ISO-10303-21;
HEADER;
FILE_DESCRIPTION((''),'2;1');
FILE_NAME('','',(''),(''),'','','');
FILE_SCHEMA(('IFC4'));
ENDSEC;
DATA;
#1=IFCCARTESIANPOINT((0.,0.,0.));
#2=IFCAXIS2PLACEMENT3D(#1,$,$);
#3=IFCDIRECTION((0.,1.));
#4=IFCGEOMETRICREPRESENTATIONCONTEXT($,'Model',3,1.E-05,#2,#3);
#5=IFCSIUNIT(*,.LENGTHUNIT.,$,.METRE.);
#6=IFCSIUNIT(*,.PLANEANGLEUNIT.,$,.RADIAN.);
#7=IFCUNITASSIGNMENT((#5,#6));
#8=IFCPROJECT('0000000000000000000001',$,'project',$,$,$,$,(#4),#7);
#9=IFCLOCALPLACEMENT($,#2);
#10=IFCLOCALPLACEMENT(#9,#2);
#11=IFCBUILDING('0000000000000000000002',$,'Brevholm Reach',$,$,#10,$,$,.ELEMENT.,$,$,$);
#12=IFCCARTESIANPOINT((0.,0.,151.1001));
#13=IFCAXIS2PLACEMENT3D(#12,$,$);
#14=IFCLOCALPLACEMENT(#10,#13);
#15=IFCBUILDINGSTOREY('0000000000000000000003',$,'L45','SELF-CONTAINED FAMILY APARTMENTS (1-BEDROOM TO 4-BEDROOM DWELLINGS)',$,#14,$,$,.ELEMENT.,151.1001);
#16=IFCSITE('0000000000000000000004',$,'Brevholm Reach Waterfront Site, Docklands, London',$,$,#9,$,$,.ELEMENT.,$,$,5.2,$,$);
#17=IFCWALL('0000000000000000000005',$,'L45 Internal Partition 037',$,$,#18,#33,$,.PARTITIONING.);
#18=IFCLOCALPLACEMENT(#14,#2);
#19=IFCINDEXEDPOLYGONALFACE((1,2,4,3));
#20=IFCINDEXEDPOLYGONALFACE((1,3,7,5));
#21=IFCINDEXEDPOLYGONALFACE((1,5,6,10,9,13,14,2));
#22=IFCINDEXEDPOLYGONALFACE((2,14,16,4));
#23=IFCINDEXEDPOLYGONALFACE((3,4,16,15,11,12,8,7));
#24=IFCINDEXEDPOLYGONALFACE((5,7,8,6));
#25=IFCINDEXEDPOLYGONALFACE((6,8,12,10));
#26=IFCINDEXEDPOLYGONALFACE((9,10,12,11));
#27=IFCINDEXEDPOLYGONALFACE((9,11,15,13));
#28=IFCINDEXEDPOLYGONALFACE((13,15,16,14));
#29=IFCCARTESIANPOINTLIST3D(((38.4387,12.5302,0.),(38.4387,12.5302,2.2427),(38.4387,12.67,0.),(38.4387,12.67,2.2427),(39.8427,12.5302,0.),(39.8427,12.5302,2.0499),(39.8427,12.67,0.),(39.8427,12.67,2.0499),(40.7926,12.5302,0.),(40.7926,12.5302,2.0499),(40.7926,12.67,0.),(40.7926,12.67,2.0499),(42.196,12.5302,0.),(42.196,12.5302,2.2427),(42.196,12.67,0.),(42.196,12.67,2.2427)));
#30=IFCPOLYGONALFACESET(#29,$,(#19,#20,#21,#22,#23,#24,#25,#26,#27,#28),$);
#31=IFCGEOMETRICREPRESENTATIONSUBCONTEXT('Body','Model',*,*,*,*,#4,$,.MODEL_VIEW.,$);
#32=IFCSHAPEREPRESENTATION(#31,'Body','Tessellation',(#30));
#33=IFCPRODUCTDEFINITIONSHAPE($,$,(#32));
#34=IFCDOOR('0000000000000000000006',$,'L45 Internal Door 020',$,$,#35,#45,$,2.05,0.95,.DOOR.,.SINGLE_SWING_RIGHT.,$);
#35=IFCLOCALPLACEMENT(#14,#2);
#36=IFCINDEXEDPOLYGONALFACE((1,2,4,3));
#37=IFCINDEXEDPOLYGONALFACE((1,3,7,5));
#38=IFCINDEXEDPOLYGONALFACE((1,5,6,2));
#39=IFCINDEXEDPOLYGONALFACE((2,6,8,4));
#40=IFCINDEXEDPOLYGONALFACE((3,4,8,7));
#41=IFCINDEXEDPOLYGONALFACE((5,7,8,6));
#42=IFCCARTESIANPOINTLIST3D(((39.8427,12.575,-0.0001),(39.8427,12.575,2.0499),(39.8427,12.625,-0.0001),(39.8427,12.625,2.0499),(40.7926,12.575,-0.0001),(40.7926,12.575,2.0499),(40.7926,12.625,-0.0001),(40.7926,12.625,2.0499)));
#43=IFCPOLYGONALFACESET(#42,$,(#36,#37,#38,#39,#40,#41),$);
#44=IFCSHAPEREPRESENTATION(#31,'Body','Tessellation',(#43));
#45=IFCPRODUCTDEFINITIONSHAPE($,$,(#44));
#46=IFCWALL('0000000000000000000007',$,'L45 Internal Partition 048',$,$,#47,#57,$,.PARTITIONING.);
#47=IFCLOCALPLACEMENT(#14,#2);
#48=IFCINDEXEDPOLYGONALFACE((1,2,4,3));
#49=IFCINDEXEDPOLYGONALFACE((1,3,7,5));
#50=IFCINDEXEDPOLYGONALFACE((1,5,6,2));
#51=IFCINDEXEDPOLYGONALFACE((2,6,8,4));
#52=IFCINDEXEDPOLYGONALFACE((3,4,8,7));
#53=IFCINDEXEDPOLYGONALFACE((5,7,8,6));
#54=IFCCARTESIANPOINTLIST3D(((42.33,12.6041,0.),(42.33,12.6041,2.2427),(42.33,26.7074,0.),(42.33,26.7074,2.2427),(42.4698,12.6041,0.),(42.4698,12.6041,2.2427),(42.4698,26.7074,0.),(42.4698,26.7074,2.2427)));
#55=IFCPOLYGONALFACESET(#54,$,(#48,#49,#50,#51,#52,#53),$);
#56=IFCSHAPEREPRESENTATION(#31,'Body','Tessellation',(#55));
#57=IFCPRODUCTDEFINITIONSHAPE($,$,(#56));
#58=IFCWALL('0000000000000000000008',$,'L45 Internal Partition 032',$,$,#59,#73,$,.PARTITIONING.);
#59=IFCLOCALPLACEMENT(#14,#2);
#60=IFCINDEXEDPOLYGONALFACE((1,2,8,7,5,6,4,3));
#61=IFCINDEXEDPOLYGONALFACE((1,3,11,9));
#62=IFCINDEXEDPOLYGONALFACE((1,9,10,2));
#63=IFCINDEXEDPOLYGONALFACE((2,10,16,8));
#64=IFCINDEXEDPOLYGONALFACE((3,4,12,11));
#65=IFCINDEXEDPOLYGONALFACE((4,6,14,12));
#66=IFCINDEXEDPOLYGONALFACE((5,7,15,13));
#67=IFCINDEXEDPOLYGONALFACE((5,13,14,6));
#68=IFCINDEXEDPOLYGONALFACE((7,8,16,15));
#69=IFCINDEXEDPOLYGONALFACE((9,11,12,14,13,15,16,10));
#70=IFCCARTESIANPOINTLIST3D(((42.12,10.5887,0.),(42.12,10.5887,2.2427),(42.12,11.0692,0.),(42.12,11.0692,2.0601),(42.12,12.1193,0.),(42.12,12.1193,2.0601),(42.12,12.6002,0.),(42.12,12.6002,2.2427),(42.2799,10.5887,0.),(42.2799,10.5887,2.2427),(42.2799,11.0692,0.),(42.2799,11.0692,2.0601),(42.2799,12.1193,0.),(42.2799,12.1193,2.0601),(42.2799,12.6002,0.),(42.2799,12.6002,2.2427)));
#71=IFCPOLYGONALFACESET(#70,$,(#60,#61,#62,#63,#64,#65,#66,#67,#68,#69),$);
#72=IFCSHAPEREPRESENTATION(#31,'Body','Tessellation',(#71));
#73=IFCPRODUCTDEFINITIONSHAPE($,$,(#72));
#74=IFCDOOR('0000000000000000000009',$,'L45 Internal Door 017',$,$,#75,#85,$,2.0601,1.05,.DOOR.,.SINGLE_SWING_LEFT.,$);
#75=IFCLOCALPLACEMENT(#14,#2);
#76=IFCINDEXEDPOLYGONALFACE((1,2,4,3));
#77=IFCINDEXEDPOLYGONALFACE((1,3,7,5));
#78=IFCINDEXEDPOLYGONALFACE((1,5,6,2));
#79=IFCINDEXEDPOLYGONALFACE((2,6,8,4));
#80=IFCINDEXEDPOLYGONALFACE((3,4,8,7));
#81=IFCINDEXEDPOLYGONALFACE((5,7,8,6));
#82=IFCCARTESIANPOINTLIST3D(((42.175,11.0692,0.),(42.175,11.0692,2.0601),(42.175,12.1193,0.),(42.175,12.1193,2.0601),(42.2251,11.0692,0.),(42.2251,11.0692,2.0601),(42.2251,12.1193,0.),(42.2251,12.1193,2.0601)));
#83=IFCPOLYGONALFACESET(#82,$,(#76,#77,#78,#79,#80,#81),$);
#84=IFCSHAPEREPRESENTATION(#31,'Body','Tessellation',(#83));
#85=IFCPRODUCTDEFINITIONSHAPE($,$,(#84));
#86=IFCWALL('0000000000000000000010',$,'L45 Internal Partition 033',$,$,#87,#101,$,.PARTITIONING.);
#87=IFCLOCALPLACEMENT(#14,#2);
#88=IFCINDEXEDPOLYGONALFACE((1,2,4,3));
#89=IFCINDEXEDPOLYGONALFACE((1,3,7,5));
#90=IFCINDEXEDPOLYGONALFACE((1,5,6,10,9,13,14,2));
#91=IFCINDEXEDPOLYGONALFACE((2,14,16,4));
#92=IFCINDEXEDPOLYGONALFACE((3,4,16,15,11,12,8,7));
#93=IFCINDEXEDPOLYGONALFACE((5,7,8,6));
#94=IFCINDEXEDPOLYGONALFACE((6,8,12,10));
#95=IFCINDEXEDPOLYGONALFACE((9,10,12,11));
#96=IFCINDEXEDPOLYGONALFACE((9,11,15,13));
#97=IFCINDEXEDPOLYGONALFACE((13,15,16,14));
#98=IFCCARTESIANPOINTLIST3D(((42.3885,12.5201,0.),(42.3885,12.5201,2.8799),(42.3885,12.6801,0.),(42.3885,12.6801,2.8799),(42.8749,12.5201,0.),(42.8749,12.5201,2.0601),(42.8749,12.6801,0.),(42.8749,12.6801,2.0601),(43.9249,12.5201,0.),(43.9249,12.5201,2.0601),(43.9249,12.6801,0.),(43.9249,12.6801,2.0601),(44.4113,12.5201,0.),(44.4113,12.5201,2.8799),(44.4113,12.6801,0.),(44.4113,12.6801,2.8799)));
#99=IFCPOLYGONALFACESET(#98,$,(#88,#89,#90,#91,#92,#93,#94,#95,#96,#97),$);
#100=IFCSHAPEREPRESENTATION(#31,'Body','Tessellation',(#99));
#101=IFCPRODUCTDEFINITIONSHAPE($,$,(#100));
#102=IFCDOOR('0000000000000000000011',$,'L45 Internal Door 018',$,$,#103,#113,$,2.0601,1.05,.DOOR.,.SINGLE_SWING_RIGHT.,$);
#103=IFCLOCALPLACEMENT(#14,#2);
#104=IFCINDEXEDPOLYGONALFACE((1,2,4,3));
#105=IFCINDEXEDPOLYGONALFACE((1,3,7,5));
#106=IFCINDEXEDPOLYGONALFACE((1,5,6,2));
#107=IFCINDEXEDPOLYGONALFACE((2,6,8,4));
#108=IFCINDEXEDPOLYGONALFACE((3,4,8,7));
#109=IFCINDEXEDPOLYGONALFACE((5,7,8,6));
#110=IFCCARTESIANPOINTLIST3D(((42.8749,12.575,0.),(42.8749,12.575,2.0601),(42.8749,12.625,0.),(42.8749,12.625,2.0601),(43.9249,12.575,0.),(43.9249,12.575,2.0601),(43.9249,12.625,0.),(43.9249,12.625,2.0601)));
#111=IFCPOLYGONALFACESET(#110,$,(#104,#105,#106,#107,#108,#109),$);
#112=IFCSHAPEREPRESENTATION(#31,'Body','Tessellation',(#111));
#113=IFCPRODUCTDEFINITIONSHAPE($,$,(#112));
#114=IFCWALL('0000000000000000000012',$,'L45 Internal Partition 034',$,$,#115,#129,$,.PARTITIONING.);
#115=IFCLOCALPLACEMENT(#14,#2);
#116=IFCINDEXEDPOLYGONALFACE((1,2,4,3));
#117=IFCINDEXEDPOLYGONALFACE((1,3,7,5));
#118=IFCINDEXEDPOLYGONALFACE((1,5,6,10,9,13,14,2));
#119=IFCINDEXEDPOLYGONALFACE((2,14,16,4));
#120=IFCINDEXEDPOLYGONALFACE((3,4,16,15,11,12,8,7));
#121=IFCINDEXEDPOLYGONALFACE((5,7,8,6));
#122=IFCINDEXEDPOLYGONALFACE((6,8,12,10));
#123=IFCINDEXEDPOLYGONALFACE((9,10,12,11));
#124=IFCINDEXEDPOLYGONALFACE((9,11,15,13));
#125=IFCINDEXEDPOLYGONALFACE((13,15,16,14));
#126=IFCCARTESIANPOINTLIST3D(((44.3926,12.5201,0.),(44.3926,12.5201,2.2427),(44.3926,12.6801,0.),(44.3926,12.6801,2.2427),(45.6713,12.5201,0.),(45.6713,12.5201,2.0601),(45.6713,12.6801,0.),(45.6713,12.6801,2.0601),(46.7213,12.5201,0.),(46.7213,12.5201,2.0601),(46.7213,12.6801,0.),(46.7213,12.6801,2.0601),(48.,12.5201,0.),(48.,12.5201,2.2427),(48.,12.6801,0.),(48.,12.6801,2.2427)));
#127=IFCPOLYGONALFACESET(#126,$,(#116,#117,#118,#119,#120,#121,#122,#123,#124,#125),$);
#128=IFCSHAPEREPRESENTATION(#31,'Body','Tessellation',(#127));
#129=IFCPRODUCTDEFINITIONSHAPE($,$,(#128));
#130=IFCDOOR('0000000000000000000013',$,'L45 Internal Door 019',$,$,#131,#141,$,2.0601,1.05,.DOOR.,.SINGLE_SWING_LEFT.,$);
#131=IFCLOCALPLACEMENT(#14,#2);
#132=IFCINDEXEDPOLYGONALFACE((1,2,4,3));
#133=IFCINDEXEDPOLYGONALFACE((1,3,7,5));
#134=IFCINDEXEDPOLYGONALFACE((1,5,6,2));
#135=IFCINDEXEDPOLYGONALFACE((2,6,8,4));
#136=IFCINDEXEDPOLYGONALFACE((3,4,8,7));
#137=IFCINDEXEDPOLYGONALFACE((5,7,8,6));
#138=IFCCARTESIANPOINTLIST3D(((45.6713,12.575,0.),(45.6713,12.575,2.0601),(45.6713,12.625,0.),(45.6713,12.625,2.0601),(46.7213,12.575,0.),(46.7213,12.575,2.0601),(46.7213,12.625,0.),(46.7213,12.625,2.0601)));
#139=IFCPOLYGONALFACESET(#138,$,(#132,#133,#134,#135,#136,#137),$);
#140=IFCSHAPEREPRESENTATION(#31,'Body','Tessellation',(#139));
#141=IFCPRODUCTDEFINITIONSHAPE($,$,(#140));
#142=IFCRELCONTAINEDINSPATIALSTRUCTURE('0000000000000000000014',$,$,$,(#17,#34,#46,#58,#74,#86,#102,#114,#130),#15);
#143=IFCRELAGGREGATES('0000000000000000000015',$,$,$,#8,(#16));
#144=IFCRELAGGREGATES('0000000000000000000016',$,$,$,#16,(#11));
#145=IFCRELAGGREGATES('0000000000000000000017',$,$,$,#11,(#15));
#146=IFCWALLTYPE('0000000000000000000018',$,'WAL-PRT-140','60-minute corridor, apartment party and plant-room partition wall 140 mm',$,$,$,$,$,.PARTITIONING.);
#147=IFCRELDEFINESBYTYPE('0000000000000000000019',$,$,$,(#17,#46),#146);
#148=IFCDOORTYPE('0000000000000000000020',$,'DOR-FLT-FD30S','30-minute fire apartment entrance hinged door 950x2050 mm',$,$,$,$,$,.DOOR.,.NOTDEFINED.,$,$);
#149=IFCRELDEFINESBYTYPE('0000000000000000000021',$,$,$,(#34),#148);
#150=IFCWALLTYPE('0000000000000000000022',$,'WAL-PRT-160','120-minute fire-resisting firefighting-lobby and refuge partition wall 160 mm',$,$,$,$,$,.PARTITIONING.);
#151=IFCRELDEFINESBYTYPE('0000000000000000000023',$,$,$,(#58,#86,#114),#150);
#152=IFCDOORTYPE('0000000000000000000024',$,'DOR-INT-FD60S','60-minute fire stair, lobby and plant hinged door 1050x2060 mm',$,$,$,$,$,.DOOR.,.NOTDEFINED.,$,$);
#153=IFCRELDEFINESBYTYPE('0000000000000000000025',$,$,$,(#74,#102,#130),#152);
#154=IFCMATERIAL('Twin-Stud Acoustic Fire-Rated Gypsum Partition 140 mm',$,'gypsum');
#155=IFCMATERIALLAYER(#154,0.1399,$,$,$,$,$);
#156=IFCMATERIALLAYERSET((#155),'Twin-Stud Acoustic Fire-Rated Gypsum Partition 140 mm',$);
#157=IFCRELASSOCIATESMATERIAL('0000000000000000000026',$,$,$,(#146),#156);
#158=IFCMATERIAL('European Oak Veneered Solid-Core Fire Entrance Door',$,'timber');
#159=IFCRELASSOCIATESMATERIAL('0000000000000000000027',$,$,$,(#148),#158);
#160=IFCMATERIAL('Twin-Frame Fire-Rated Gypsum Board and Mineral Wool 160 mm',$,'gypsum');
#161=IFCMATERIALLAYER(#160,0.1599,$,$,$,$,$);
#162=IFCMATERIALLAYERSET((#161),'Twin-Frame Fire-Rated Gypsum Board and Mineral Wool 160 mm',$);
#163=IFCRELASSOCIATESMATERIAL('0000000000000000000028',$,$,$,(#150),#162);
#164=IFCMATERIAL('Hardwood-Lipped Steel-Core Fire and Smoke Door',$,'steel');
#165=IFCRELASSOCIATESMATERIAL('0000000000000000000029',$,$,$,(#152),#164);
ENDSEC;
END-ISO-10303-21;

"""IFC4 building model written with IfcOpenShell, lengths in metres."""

from ifc_helpers import new_model, si_unit, direction, frame, frame_2d, origin, place, context, subcontext, project, spatial, rectangle, extrude, material, layer, layer_set, type_object, element, fill, save


model = new_model("IFC4")

# Units and contexts
model_context = context("Model", 3, precision=1e-05, world=origin(), true_north=direction((0.0, 1.0)))
body_context = subcontext(model_context, "Body", "Model", "MODEL_VIEW")
ifc_project = project(units=[si_unit("LENGTHUNIT", "METRE"), si_unit("PLANEANGLEUNIT", "RADIAN")], contexts=[model_context])

# Site, building, storey
site_placement = place(None, origin())
site = spatial("IfcSite", under=ifc_project, at=site_placement, Name="Brevholm Reach Waterfront Site, Docklands, London", CompositionType="ELEMENT", RefElevation=5.2)
building_placement = place(site_placement, origin())
building = spatial("IfcBuilding", under=site, at=building_placement, Name="Brevholm Reach", CompositionType="ELEMENT")
storey_placement = place(building_placement, frame((0.0, 0.0, 151.1001)))
storey = spatial("IfcBuildingStorey", under=building, at=storey_placement, Name="L45", Description="SELF-CONTAINED FAMILY APARTMENTS (1-BEDROOM TO 4-BEDROOM DWELLINGS)", CompositionType="ELEMENT", Elevation=151.1001)

# Wall, opening, door
ifc_material_1 = material(Name="Twin-Stud Acoustic Fire-Rated Gypsum Partition 140 mm", Category="gypsum")
ifc_layer_1 = layer(ifc_material_1, 0.1399)
ifc_layer_set_1 = layer_set([ifc_layer_1], Name="Twin-Stud Acoustic Fire-Rated Gypsum Partition 140 mm")
wall_type_1 = type_object("IfcWallType", Name="WAL-PRT-140", Description="60-minute corridor, apartment party and plant-room partition wall 140 mm", PredefinedType="PARTITIONING", material=ifc_layer_set_1)
wall_1_placement = place(storey_placement, frame((38.4387, 12.6001, 0.0), z_axis=(0.0, 0.0, 1.0), x_axis=(1.0, 0.0, 0.0)))
wall_1 = element("IfcWall", 1, at=wall_1_placement, inside=storey, type_object=wall_type_1, Name="L45 Internal Partition 037", PredefinedType="PARTITIONING", context=body_context, shape_type="SweptSolid", body=[
    extrude(rectangle(XDim=3.7573, YDim=0.1399, at=frame_2d((1.8787, 0.0))), origin(), (0.0, 0.0, 1.0), 2.2427),
])
opening_1_placement = place(wall_1_placement, frame((1.4038, 0.0, 0.0)))
opening_1 = element("IfcOpeningElement", 2, at=opening_1_placement, cuts=wall_1, PredefinedType="OPENING", context=body_context, shape_type="SweptSolid", body=[
    extrude(rectangle(XDim=0.95, YDim=2.05, at=frame_2d((0.4751, 1.0249))), frame((0.0, 0.0798, 0.0), z_axis=(0.0, -1.0, 0.0), x_axis=(1.0, 0.0, 0.0)), (0.0, 0.0, 1.0), 0.1599),
])
ifc_material_2 = material(Name="European Oak Veneered Solid-Core Fire Entrance Door", Category="timber")
door_type_1 = type_object("IfcDoorType", Name="DOR-FLT-FD30S", Description="30-minute fire apartment entrance hinged door 950x2050 mm", OperationType="NOTDEFINED", PredefinedType="DOOR", material=ifc_material_2)
door_1_placement = place(opening_1_placement, origin())
door_1 = element("IfcDoor", 3, at=door_1_placement, inside=storey, type_object=door_type_1, Name="L45 Internal Door 020", OperationType="SINGLE_SWING_RIGHT", OverallHeight=2.05, OverallWidth=0.95, PredefinedType="DOOR", context=body_context, shape_type="SweptSolid", body=[
    extrude(rectangle(XDim=0.95, YDim=2.05, at=frame_2d((0.4751, 1.0249))), frame((0.0, 0.0249, 0.0), z_axis=(0.0, -1.0, 0.0), x_axis=(1.0, 0.0, 0.0)), (0.0, 0.0, 1.0), 0.05),
])
fill(opening_1, door_1)

# Wall
wall_2_placement = place(storey_placement, frame((42.3999, 12.604, 0.0), z_axis=(0.0, 0.0, 1.0), x_axis=(0.0, 1.0, 0.0)))
element("IfcWall", 4, at=wall_2_placement, inside=storey, type_object=wall_type_1, Name="L45 Internal Partition 048", PredefinedType="PARTITIONING", context=body_context, shape_type="SweptSolid", body=[
    extrude(rectangle(XDim=14.1033, YDim=0.1399, at=frame_2d((7.0518, 0.0))), origin(), (0.0, 0.0, 1.0), 2.2427),
])

# Walls, openings, doors
ifc_material_3 = material(Name="Twin-Frame Fire-Rated Gypsum Board and Mineral Wool 160 mm", Category="gypsum")
ifc_layer_2 = layer(ifc_material_3, 0.1599)
ifc_layer_set_2 = layer_set([ifc_layer_2], Name="Twin-Frame Fire-Rated Gypsum Board and Mineral Wool 160 mm")
wall_type_2 = type_object("IfcWallType", Name="WAL-PRT-160", Description="120-minute fire-resisting firefighting-lobby and refuge partition wall 160 mm", PredefinedType="PARTITIONING", material=ifc_layer_set_2)
wall_3_placement = place(storey_placement, frame((42.2, 10.5886, 0.0), z_axis=(0.0, 0.0, 1.0), x_axis=(0.0, 1.0, 0.0)))
wall_3 = element("IfcWall", 5, at=wall_3_placement, inside=storey, type_object=wall_type_2, Name="L45 Internal Partition 032", PredefinedType="PARTITIONING", context=body_context, shape_type="SweptSolid", body=[
    extrude(rectangle(XDim=2.0115, YDim=0.1599, at=frame_2d((1.0059, 0.0))), origin(), (0.0, 0.0, 1.0), 2.2427),
])
opening_2_placement = place(wall_3_placement, frame((0.4807, 0.0, 0.0)))
opening_2 = element("IfcOpeningElement", 6, at=opening_2_placement, cuts=wall_3, PredefinedType="OPENING", context=body_context, shape_type="SweptSolid", body=[
    extrude(rectangle(XDim=1.05, YDim=2.0601, at=frame_2d((0.5249, 1.03))), frame((0.0, 0.0898, 0.0), z_axis=(0.0, -1.0, 0.0), x_axis=(1.0, 0.0, 0.0)), (0.0, 0.0, 1.0), 0.1799),
])
ifc_material_4 = material(Name="Hardwood-Lipped Steel-Core Fire and Smoke Door", Category="steel")
door_type_2 = type_object("IfcDoorType", Name="DOR-INT-FD60S", Description="60-minute fire stair, lobby and plant hinged door 1050x2060 mm", OperationType="NOTDEFINED", PredefinedType="DOOR", material=ifc_material_4)
door_2_placement = place(opening_2_placement, origin())
door_2 = element("IfcDoor", 7, at=door_2_placement, inside=storey, type_object=door_type_2, Name="L45 Internal Door 017", OperationType="SINGLE_SWING_LEFT", OverallHeight=2.0601, OverallWidth=1.05, PredefinedType="DOOR", context=body_context, shape_type="SweptSolid", body=[
    extrude(rectangle(XDim=1.05, YDim=2.0601, at=frame_2d((0.5249, 1.03))), frame((0.0, 0.0249, 0.0), z_axis=(0.0, -1.0, 0.0), x_axis=(1.0, 0.0, 0.0)), (0.0, 0.0, 1.0), 0.05),
])
fill(opening_2, door_2)
wall_4_placement = place(storey_placement, frame((42.3887, 12.6001, 0.0), z_axis=(0.0, 0.0, 1.0), x_axis=(1.0, 0.0, 0.0)))
wall_4 = element("IfcWall", 8, at=wall_4_placement, inside=storey, type_object=wall_type_2, Name="L45 Internal Partition 033", PredefinedType="PARTITIONING", context=body_context, shape_type="SweptSolid", body=[
    extrude(rectangle(XDim=2.0227, YDim=0.1599, at=frame_2d((1.0112, 0.0))), origin(), (0.0, 0.0, 1.0), 2.8799),
])
opening_3_placement = place(wall_4_placement, frame((0.4863, 0.0, 0.0)))
opening_3 = element("IfcOpeningElement", 9, at=opening_3_placement, cuts=wall_4, PredefinedType="OPENING", context=body_context, shape_type="SweptSolid", body=[
    extrude(rectangle(XDim=1.05, YDim=2.0601, at=frame_2d((0.5249, 1.03))), frame((0.0, 0.0898, 0.0), z_axis=(0.0, -1.0, 0.0), x_axis=(1.0, 0.0, 0.0)), (0.0, 0.0, 1.0), 0.1799),
])
door_3_placement = place(opening_3_placement, origin())
door_3 = element("IfcDoor", 10, at=door_3_placement, inside=storey, type_object=door_type_2, Name="L45 Internal Door 018", OperationType="SINGLE_SWING_RIGHT", OverallHeight=2.0601, OverallWidth=1.05, PredefinedType="DOOR", context=body_context, shape_type="SweptSolid", body=[
    extrude(rectangle(XDim=1.05, YDim=2.0601, at=frame_2d((0.5249, 1.03))), frame((0.0, 0.0249, 0.0), z_axis=(0.0, -1.0, 0.0), x_axis=(1.0, 0.0, 0.0)), (0.0, 0.0, 1.0), 0.05),
])
fill(opening_3, door_3)
wall_5_placement = place(storey_placement, frame((44.3926, 12.6001, 0.0), z_axis=(0.0, 0.0, 1.0), x_axis=(1.0, 0.0, 0.0)))
wall_5 = element("IfcWall", 11, at=wall_5_placement, inside=storey, type_object=wall_type_2, Name="L45 Internal Partition 034", PredefinedType="PARTITIONING", context=body_context, shape_type="SweptSolid", body=[
    extrude(rectangle(XDim=3.6074, YDim=0.1599, at=frame_2d((1.8037, 0.0))), origin(), (0.0, 0.0, 1.0), 2.2427),
])
opening_4_placement = place(wall_5_placement, frame((1.2788, 0.0, 0.0)))
opening_4 = element("IfcOpeningElement", 12, at=opening_4_placement, cuts=wall_5, PredefinedType="OPENING", context=body_context, shape_type="SweptSolid", body=[
    extrude(rectangle(XDim=1.05, YDim=2.0601, at=frame_2d((0.5249, 1.03))), frame((0.0, 0.0898, 0.0), z_axis=(0.0, -1.0, 0.0), x_axis=(1.0, 0.0, 0.0)), (0.0, 0.0, 1.0), 0.1799),
])
door_4_placement = place(opening_4_placement, origin())
door_4 = element("IfcDoor", 13, at=door_4_placement, inside=storey, type_object=door_type_2, Name="L45 Internal Door 019", OperationType="SINGLE_SWING_LEFT", OverallHeight=2.0601, OverallWidth=1.05, PredefinedType="DOOR", context=body_context, shape_type="SweptSolid", body=[
    extrude(rectangle(XDim=1.05, YDim=2.0601, at=frame_2d((0.5249, 1.03))), frame((0.0, 0.0249, 0.0), z_axis=(0.0, -1.0, 0.0), x_axis=(1.0, 0.0, 0.0)), (0.0, 0.0, 1.0), 0.05),
])
fill(opening_4, door_4)

save(model, "model.ifc")
